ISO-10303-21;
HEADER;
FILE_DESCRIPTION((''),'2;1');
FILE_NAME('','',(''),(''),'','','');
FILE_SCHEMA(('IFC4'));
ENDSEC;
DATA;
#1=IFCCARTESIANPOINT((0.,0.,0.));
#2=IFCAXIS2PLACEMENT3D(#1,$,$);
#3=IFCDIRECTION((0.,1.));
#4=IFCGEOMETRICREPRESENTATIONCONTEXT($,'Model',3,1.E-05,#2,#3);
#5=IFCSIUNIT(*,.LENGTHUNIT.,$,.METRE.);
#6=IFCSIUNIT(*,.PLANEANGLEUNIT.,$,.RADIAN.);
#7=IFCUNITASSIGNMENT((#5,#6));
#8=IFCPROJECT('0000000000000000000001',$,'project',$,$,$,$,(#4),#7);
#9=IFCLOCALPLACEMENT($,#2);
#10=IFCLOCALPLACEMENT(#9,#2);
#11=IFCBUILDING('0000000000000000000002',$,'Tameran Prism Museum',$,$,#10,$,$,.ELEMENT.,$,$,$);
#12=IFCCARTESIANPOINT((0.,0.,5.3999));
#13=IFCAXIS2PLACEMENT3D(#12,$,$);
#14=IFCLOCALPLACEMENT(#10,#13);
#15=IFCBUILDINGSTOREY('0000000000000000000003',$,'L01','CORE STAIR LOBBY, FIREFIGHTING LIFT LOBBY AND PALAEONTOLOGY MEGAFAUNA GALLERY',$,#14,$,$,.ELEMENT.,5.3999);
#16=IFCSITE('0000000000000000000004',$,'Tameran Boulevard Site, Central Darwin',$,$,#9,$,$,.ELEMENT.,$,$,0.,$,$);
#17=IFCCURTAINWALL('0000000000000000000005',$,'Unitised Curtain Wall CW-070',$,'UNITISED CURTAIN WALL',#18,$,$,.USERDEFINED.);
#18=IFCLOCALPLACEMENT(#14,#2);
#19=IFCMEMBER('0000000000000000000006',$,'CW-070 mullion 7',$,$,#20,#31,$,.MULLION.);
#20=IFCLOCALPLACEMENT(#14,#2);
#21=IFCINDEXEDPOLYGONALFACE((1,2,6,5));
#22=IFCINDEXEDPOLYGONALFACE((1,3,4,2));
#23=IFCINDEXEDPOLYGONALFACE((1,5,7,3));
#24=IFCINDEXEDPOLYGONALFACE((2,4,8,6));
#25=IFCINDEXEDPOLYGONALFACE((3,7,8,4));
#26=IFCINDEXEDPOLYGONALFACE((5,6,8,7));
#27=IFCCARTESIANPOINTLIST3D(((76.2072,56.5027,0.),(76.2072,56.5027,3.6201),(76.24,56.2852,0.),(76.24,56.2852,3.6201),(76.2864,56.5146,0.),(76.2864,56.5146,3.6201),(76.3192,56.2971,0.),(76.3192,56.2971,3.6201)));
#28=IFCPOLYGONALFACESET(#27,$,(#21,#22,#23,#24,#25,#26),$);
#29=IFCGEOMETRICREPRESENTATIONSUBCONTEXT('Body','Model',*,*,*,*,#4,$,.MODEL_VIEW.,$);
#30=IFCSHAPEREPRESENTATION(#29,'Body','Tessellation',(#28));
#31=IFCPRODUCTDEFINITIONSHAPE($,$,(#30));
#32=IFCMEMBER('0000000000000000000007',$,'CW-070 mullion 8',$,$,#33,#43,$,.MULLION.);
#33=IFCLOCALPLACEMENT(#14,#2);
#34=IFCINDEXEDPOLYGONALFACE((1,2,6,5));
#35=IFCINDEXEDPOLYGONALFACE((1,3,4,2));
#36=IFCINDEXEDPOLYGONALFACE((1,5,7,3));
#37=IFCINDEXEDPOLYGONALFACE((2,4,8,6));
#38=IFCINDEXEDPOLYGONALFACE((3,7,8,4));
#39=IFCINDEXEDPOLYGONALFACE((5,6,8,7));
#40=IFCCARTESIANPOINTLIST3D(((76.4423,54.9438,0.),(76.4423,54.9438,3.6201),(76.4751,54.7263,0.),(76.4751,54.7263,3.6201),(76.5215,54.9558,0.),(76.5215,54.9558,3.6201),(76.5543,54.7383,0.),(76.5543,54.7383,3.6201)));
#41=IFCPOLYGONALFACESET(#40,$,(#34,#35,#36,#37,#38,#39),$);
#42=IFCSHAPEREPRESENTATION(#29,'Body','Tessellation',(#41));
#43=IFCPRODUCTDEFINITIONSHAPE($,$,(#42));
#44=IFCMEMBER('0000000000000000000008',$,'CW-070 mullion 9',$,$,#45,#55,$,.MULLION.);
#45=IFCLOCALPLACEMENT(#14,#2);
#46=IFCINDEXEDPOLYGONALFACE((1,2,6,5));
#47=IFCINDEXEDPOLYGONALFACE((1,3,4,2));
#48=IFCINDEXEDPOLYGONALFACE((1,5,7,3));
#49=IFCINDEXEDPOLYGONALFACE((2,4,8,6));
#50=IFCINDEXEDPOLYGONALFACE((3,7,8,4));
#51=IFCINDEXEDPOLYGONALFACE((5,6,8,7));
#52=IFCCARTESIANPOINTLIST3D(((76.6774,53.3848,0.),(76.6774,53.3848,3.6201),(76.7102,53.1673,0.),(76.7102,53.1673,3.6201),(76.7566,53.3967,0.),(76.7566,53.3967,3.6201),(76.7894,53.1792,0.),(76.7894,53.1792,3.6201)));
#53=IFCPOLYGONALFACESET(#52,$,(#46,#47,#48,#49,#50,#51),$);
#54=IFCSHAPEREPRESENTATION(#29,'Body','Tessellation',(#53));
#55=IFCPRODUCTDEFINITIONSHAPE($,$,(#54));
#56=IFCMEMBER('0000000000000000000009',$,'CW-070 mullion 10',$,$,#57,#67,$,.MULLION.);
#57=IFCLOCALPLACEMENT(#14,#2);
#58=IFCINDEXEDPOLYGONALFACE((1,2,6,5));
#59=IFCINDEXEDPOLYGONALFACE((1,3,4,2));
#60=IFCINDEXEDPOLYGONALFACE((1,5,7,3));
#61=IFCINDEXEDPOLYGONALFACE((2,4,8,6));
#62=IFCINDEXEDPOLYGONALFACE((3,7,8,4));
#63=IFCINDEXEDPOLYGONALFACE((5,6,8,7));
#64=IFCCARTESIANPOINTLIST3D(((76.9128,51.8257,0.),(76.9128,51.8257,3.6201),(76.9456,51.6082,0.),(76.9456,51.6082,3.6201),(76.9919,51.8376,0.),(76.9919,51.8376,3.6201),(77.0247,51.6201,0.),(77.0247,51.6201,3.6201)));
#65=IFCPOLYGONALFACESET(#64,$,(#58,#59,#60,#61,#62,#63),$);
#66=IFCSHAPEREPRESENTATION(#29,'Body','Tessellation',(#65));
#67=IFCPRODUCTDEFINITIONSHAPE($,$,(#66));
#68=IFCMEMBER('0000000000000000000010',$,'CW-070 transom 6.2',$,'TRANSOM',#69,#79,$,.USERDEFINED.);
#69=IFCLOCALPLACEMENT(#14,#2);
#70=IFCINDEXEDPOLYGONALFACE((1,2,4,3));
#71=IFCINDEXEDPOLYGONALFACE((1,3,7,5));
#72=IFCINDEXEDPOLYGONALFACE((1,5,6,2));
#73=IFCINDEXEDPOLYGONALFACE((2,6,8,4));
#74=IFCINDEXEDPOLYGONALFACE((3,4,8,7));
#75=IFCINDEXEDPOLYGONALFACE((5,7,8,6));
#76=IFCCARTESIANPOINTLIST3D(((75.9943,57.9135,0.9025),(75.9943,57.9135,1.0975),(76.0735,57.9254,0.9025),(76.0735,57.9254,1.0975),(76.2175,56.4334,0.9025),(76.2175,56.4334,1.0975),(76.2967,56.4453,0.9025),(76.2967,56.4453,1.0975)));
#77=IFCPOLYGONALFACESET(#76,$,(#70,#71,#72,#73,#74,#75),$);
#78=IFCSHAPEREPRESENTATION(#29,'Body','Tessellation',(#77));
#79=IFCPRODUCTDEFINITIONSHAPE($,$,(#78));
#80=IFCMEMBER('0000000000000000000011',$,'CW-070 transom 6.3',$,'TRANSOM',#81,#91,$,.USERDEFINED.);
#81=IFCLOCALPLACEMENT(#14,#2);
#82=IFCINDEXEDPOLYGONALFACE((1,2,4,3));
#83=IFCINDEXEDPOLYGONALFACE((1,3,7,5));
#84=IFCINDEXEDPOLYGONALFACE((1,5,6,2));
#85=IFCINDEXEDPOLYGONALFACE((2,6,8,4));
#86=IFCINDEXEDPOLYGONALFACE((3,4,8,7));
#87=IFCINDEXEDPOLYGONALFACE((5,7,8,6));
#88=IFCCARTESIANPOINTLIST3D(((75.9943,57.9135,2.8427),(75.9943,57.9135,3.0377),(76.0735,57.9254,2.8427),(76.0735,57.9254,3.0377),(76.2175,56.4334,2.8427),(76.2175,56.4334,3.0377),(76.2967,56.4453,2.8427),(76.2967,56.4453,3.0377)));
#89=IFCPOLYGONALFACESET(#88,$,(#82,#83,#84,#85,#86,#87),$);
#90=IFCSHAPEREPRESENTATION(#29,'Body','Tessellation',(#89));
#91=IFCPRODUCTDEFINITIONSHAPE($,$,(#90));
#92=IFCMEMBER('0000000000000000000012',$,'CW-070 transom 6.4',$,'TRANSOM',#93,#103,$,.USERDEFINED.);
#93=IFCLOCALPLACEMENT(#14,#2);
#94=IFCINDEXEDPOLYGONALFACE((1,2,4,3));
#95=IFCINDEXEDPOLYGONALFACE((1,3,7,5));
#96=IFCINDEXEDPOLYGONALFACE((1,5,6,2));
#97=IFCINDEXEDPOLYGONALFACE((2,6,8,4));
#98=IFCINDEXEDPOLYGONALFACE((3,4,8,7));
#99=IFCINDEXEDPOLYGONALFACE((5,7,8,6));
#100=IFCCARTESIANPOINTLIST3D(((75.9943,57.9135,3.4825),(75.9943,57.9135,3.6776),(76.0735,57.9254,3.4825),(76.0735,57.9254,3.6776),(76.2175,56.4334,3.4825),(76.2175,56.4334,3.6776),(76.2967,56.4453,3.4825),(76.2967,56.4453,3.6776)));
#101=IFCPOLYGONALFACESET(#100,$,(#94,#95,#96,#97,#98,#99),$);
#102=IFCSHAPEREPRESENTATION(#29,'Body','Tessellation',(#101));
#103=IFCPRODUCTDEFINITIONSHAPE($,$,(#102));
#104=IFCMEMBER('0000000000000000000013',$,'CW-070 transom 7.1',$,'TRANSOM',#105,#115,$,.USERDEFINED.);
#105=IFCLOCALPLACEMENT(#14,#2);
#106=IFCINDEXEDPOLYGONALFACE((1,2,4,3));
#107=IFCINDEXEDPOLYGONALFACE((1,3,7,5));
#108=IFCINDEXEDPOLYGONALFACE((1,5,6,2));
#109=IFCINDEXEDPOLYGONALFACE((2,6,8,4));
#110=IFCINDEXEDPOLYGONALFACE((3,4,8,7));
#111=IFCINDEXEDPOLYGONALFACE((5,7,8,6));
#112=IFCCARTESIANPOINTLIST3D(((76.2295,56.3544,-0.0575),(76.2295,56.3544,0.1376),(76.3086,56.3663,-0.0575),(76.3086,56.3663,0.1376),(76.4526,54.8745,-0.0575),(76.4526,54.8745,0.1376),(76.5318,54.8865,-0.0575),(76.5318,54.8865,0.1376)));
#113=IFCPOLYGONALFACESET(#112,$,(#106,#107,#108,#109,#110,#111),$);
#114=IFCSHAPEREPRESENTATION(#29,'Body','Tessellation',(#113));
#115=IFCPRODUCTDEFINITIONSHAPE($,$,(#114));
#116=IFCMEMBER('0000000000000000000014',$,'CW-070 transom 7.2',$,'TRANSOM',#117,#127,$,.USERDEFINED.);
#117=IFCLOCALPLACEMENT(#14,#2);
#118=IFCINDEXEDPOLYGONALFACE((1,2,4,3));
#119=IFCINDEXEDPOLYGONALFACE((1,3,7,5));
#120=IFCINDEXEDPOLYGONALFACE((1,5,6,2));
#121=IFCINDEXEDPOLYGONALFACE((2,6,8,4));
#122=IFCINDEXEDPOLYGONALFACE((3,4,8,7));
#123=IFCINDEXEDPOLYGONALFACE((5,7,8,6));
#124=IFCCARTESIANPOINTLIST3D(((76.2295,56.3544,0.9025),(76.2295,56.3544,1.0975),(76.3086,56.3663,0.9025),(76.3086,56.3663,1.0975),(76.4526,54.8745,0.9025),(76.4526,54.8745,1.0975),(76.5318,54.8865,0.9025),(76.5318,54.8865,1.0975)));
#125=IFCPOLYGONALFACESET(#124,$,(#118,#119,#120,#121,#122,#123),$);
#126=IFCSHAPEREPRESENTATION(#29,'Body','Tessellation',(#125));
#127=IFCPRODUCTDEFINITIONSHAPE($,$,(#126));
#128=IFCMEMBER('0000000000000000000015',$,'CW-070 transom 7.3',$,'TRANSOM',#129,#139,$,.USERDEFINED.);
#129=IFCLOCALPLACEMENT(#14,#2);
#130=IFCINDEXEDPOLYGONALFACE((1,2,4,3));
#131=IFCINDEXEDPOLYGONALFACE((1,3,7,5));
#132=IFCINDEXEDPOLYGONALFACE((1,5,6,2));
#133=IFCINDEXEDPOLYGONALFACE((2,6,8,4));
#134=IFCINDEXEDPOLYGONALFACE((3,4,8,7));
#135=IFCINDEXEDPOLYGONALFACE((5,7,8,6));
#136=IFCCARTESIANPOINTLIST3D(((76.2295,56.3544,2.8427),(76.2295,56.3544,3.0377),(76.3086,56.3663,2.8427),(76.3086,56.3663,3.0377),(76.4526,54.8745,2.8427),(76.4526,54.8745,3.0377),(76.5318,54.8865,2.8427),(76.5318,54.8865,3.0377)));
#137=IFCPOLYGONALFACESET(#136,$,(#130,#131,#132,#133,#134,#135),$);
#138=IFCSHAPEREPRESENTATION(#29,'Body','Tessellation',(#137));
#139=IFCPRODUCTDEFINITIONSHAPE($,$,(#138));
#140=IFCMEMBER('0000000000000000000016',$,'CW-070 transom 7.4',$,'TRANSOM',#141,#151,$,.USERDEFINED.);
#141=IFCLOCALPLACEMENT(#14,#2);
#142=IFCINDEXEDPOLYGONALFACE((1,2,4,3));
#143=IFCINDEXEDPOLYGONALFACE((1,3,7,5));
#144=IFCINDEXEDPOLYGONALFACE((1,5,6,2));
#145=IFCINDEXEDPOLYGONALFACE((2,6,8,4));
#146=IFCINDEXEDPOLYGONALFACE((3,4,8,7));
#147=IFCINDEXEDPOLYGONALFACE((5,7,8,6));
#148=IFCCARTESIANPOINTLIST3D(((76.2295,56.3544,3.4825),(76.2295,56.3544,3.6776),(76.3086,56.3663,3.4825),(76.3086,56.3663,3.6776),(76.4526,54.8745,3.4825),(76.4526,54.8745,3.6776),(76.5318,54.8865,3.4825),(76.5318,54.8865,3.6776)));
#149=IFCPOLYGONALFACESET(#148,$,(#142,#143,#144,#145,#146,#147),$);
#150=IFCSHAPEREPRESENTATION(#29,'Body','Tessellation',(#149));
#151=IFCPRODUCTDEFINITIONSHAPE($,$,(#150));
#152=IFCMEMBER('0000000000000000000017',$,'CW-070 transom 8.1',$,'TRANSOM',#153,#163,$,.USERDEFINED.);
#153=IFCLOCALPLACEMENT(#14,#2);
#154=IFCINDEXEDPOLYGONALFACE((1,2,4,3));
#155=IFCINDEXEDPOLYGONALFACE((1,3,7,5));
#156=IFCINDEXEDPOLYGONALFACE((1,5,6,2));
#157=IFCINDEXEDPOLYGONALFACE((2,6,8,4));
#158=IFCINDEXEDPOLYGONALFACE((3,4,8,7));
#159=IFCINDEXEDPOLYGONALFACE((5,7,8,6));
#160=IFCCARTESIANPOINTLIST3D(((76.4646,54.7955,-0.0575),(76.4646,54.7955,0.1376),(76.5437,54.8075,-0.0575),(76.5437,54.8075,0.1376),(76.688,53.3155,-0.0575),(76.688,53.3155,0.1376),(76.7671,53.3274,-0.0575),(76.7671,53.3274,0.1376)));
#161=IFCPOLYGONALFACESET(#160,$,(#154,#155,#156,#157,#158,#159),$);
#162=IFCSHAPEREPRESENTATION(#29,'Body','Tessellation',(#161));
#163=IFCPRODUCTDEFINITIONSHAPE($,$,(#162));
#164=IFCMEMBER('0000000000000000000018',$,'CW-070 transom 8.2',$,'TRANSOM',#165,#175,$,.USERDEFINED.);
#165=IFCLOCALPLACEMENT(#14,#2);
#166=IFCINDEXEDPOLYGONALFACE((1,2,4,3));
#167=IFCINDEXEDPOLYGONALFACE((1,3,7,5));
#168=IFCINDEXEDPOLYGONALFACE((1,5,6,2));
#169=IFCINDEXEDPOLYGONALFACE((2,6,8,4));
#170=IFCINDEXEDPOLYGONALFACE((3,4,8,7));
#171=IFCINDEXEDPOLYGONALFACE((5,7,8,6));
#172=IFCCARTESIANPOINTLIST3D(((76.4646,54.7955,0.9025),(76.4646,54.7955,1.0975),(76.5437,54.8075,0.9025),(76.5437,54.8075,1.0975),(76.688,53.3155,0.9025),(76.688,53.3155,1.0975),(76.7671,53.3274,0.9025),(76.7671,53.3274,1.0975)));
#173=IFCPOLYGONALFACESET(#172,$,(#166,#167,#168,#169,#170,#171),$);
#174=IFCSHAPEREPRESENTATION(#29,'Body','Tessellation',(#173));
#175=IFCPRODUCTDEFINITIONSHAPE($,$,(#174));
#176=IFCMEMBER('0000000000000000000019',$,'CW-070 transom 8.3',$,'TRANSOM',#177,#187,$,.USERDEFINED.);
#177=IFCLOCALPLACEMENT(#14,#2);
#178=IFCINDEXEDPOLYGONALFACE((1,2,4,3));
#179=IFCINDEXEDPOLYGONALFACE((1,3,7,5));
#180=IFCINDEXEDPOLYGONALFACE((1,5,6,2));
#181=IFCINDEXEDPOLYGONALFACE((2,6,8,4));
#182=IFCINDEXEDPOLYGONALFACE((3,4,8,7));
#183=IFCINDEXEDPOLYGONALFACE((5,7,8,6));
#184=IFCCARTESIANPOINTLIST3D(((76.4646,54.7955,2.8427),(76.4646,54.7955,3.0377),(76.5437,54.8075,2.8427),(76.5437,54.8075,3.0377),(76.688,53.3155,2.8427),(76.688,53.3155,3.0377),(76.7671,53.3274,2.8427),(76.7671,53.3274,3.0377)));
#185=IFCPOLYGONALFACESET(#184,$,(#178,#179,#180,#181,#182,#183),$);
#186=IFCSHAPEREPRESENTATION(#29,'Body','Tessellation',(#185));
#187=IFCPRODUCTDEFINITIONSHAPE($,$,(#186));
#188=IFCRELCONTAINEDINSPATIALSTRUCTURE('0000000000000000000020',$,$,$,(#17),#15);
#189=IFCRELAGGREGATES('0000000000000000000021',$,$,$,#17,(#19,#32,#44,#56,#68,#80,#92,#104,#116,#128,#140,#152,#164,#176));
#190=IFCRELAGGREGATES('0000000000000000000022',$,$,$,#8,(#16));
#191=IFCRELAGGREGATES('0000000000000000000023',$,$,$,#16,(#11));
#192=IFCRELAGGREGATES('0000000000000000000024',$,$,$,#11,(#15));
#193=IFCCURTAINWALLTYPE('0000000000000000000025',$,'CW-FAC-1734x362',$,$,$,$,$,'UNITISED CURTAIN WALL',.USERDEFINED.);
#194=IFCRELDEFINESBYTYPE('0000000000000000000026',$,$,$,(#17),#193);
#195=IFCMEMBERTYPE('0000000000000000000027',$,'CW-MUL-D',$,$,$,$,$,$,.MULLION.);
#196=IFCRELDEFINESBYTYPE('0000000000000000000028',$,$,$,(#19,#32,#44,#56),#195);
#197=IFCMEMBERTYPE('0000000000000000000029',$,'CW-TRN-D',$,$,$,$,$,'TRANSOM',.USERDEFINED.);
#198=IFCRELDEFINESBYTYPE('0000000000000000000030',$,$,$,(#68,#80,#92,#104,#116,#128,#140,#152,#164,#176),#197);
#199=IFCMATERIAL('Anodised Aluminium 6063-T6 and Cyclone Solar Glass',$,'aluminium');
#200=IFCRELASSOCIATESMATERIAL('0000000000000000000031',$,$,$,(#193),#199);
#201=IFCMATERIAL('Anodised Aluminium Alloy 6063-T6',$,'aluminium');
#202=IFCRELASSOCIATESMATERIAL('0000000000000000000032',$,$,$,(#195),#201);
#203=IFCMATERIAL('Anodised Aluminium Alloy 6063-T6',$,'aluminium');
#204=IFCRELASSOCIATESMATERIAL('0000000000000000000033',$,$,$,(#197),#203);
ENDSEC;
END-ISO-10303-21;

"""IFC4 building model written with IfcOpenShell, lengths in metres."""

from ifc_helpers import new_model, si_unit, direction, frame, origin, origin_2d, place, context, subcontext, project, spatial, rectangle, extrude, material, material_profile, profile_set, type_object, element, aggregate, save


model = new_model("IFC4")

# Units and contexts
model_context = context("Model", 3, precision=1e-05, world=origin(), true_north=direction((0.0, 1.0)))
body_context = subcontext(model_context, "Body", "Model", "MODEL_VIEW")
ifc_project = project(units=[si_unit("LENGTHUNIT", "METRE"), si_unit("PLANEANGLEUNIT", "RADIAN")], contexts=[model_context])

# Site, building, storey
site_placement = place(None, origin())
site = spatial("IfcSite", under=ifc_project, at=site_placement, Name="Tameran Boulevard Site, Central Darwin", CompositionType="ELEMENT", RefElevation=0.0)
building_placement = place(site_placement, origin())
building = spatial("IfcBuilding", under=site, at=building_placement, Name="Tameran Prism Museum", CompositionType="ELEMENT")
storey_placement = place(building_placement, frame((0.0, 0.0, 5.3999)))
storey = spatial("IfcBuildingStorey", under=building, at=storey_placement, Name="L01", Description="CORE STAIR LOBBY, FIREFIGHTING LIFT LOBBY AND PALAEONTOLOGY MEGAFAUNA GALLERY", CompositionType="ELEMENT", Elevation=5.3999)

# Curtain wall, members
ifc_material_1 = material(Name="Anodised Aluminium 6063-T6 and Cyclone Solar Glass", Category="aluminium")
curtain_wall_type = type_object("IfcCurtainWallType", Name="CW-FAC-1734x362", ElementType="UNITISED CURTAIN WALL", PredefinedType="USERDEFINED", material=ifc_material_1)
curtain_wall_placement = place(storey_placement, origin())
curtain_wall = element("IfcCurtainWall", 1, at=curtain_wall_placement, inside=storey, type_object=curtain_wall_type, Name="Unitised Curtain Wall CW-070", ObjectType="UNITISED CURTAIN WALL", PredefinedType="USERDEFINED")
ifc_material_2 = material(Name="Anodised Aluminium Alloy 6063-T6", Category="aluminium")
ifc_material_profile_1 = material_profile(ifc_material_2, rectangle(XDim=0.0801, YDim=0.22, at=origin_2d()))
ifc_profile_set_1 = profile_set([ifc_material_profile_1])
member_type_1 = type_object("IfcMemberType", Name="CW-MUL-D", PredefinedType="MULLION", material=ifc_profile_set_1)
member_1_placement = place(storey_placement, frame((76.2632, 56.3999, 0.0), z_axis=(0.0, 0.0, 1.0), x_axis=(0.988812, 0.149167, 0.0)))
member_1 = element("IfcMember", 2, at=member_1_placement, type_object=member_type_1, Name="CW-070 mullion 7", PredefinedType="MULLION", context=body_context, shape_type="SweptSolid", body=[
    extrude(rectangle(XDim=0.0801, YDim=0.22, at=origin_2d()), origin(), (0.0, 0.0, 1.0), 3.6201),
])
member_2_placement = place(storey_placement, frame((76.4983, 54.8411, 0.0), z_axis=(0.0, 0.0, 1.0), x_axis=(0.988812, 0.149167, 0.0)))
member_2 = element("IfcMember", 3, at=member_2_placement, type_object=member_type_1, Name="CW-070 mullion 8", PredefinedType="MULLION", context=body_context, shape_type="SweptSolid", body=[
    extrude(rectangle(XDim=0.0801, YDim=0.22, at=origin_2d()), origin(), (0.0, 0.0, 1.0), 3.6201),
])
member_3_placement = place(storey_placement, frame((76.7334, 53.282, 0.0), z_axis=(0.0, 0.0, 1.0), x_axis=(0.988812, 0.149167, 0.0)))
member_3 = element("IfcMember", 4, at=member_3_placement, type_object=member_type_1, Name="CW-070 mullion 9", PredefinedType="MULLION", context=body_context, shape_type="SweptSolid", body=[
    extrude(rectangle(XDim=0.0801, YDim=0.22, at=origin_2d()), origin(), (0.0, 0.0, 1.0), 3.6201),
])
member_4_placement = place(storey_placement, frame((76.9688, 51.7229, 0.0), z_axis=(0.0, 0.0, 1.0), x_axis=(0.988812, 0.149167, 0.0)))
member_4 = element("IfcMember", 5, at=member_4_placement, type_object=member_type_1, Name="CW-070 mullion 10", PredefinedType="MULLION", context=body_context, shape_type="SweptSolid", body=[
    extrude(rectangle(XDim=0.0801, YDim=0.22, at=origin_2d()), origin(), (0.0, 0.0, 1.0), 3.6201),
])
ifc_material_3 = material(Name="Anodised Aluminium Alloy 6063-T6", Category="aluminium")
ifc_material_profile_2 = material_profile(ifc_material_3, rectangle(XDim=0.0801, YDim=0.1951, at=origin_2d()))
ifc_profile_set_2 = profile_set([ifc_material_profile_2])
member_type_2 = type_object("IfcMemberType", Name="CW-TRN-D", ElementType="TRANSOM", PredefinedType="USERDEFINED", material=ifc_profile_set_2)
member_5_placement = place(storey_placement, frame((76.0339, 57.9194, 1.0), z_axis=(0.14909, -0.988824, 0.0), x_axis=(0.988824, 0.14909, 0.0)))
member_5 = element("IfcMember", 6, at=member_5_placement, type_object=member_type_2, Name="CW-070 transom 6.2", ObjectType="TRANSOM", PredefinedType="USERDEFINED", context=body_context, shape_type="SweptSolid", body=[
    extrude(rectangle(XDim=0.0801, YDim=0.1951, at=origin_2d()), origin(), (0.0, 0.0, 1.0), 1.4968),
])
member_6_placement = place(storey_placement, frame((76.0339, 57.9194, 2.9402), z_axis=(0.14909, -0.988824, 0.0), x_axis=(0.988824, 0.14909, 0.0)))
member_6 = element("IfcMember", 7, at=member_6_placement, type_object=member_type_2, Name="CW-070 transom 6.3", ObjectType="TRANSOM", PredefinedType="USERDEFINED", context=body_context, shape_type="SweptSolid", body=[
    extrude(rectangle(XDim=0.0801, YDim=0.1951, at=origin_2d()), origin(), (0.0, 0.0, 1.0), 1.4968),
])
member_7_placement = place(storey_placement, frame((76.0339, 57.9194, 3.5801), z_axis=(0.14909, -0.988824, 0.0), x_axis=(0.988824, 0.14909, 0.0)))
member_7 = element("IfcMember", 8, at=member_7_placement, type_object=member_type_2, Name="CW-070 transom 6.4", ObjectType="TRANSOM", PredefinedType="USERDEFINED", context=body_context, shape_type="SweptSolid", body=[
    extrude(rectangle(XDim=0.0801, YDim=0.1951, at=origin_2d()), origin(), (0.0, 0.0, 1.0), 1.4968),
])
member_8_placement = place(storey_placement, frame((76.269, 56.3604, 0.04), z_axis=(0.149114, -0.98882, 0.0), x_axis=(0.98882, 0.149114, 0.0)))
member_8 = element("IfcMember", 9, at=member_8_placement, type_object=member_type_2, Name="CW-070 transom 7.1", ObjectType="TRANSOM", PredefinedType="USERDEFINED", context=body_context, shape_type="SweptSolid", body=[
    extrude(rectangle(XDim=0.0801, YDim=0.1951, at=origin_2d()), origin(), (0.0, 0.0, 1.0), 1.4966),
])
member_9_placement = place(storey_placement, frame((76.269, 56.3604, 1.0), z_axis=(0.149114, -0.98882, 0.0), x_axis=(0.98882, 0.149114, 0.0)))
member_9 = element("IfcMember", 10, at=member_9_placement, type_object=member_type_2, Name="CW-070 transom 7.2", ObjectType="TRANSOM", PredefinedType="USERDEFINED", context=body_context, shape_type="SweptSolid", body=[
    extrude(rectangle(XDim=0.0801, YDim=0.1951, at=origin_2d()), origin(), (0.0, 0.0, 1.0), 1.4966),
])
member_10_placement = place(storey_placement, frame((76.269, 56.3604, 2.9402), z_axis=(0.149114, -0.98882, 0.0), x_axis=(0.98882, 0.149114, 0.0)))
member_10 = element("IfcMember", 11, at=member_10_placement, type_object=member_type_2, Name="CW-070 transom 7.3", ObjectType="TRANSOM", PredefinedType="USERDEFINED", context=body_context, shape_type="SweptSolid", body=[
    extrude(rectangle(XDim=0.0801, YDim=0.1951, at=origin_2d()), origin(), (0.0, 0.0, 1.0), 1.4966),
])
member_11_placement = place(storey_placement, frame((76.269, 56.3604, 3.5801), z_axis=(0.149114, -0.98882, 0.0), x_axis=(0.98882, 0.149114, 0.0)))
member_11 = element("IfcMember", 12, at=member_11_placement, type_object=member_type_2, Name="CW-070 transom 7.4", ObjectType="TRANSOM", PredefinedType="USERDEFINED", context=body_context, shape_type="SweptSolid", body=[
    extrude(rectangle(XDim=0.0801, YDim=0.1951, at=origin_2d()), origin(), (0.0, 0.0, 1.0), 1.4966),
])
member_12_placement = place(storey_placement, frame((76.5042, 54.8015, 0.04), z_axis=(0.14925, -0.9888, 0.0), x_axis=(0.9888, 0.14925, 0.0)))
member_12 = element("IfcMember", 13, at=member_12_placement, type_object=member_type_2, Name="CW-070 transom 8.1", ObjectType="TRANSOM", PredefinedType="USERDEFINED", context=body_context, shape_type="SweptSolid", body=[
    extrude(rectangle(XDim=0.0801, YDim=0.1951, at=origin_2d()), origin(), (0.0, 0.0, 1.0), 1.4968),
])
member_13_placement = place(storey_placement, frame((76.5042, 54.8015, 1.0), z_axis=(0.14925, -0.9888, 0.0), x_axis=(0.9888, 0.14925, 0.0)))
member_13 = element("IfcMember", 14, at=member_13_placement, type_object=member_type_2, Name="CW-070 transom 8.2", ObjectType="TRANSOM", PredefinedType="USERDEFINED", context=body_context, shape_type="SweptSolid", body=[
    extrude(rectangle(XDim=0.0801, YDim=0.1951, at=origin_2d()), origin(), (0.0, 0.0, 1.0), 1.4968),
])
member_14_placement = place(storey_placement, frame((76.5042, 54.8015, 2.9402), z_axis=(0.14925, -0.9888, 0.0), x_axis=(0.9888, 0.14925, 0.0)))
member_14 = element("IfcMember", 15, at=member_14_placement, type_object=member_type_2, Name="CW-070 transom 8.3", ObjectType="TRANSOM", PredefinedType="USERDEFINED", context=body_context, shape_type="SweptSolid", body=[
    extrude(rectangle(XDim=0.0801, YDim=0.1951, at=origin_2d()), origin(), (0.0, 0.0, 1.0), 1.4968),
])
aggregate(curtain_wall, [member_1, member_2, member_3, member_4, member_5, member_6, member_7, member_8, member_9, member_10, member_11, member_12, member_13, member_14])

save(model, "model.ifc")
